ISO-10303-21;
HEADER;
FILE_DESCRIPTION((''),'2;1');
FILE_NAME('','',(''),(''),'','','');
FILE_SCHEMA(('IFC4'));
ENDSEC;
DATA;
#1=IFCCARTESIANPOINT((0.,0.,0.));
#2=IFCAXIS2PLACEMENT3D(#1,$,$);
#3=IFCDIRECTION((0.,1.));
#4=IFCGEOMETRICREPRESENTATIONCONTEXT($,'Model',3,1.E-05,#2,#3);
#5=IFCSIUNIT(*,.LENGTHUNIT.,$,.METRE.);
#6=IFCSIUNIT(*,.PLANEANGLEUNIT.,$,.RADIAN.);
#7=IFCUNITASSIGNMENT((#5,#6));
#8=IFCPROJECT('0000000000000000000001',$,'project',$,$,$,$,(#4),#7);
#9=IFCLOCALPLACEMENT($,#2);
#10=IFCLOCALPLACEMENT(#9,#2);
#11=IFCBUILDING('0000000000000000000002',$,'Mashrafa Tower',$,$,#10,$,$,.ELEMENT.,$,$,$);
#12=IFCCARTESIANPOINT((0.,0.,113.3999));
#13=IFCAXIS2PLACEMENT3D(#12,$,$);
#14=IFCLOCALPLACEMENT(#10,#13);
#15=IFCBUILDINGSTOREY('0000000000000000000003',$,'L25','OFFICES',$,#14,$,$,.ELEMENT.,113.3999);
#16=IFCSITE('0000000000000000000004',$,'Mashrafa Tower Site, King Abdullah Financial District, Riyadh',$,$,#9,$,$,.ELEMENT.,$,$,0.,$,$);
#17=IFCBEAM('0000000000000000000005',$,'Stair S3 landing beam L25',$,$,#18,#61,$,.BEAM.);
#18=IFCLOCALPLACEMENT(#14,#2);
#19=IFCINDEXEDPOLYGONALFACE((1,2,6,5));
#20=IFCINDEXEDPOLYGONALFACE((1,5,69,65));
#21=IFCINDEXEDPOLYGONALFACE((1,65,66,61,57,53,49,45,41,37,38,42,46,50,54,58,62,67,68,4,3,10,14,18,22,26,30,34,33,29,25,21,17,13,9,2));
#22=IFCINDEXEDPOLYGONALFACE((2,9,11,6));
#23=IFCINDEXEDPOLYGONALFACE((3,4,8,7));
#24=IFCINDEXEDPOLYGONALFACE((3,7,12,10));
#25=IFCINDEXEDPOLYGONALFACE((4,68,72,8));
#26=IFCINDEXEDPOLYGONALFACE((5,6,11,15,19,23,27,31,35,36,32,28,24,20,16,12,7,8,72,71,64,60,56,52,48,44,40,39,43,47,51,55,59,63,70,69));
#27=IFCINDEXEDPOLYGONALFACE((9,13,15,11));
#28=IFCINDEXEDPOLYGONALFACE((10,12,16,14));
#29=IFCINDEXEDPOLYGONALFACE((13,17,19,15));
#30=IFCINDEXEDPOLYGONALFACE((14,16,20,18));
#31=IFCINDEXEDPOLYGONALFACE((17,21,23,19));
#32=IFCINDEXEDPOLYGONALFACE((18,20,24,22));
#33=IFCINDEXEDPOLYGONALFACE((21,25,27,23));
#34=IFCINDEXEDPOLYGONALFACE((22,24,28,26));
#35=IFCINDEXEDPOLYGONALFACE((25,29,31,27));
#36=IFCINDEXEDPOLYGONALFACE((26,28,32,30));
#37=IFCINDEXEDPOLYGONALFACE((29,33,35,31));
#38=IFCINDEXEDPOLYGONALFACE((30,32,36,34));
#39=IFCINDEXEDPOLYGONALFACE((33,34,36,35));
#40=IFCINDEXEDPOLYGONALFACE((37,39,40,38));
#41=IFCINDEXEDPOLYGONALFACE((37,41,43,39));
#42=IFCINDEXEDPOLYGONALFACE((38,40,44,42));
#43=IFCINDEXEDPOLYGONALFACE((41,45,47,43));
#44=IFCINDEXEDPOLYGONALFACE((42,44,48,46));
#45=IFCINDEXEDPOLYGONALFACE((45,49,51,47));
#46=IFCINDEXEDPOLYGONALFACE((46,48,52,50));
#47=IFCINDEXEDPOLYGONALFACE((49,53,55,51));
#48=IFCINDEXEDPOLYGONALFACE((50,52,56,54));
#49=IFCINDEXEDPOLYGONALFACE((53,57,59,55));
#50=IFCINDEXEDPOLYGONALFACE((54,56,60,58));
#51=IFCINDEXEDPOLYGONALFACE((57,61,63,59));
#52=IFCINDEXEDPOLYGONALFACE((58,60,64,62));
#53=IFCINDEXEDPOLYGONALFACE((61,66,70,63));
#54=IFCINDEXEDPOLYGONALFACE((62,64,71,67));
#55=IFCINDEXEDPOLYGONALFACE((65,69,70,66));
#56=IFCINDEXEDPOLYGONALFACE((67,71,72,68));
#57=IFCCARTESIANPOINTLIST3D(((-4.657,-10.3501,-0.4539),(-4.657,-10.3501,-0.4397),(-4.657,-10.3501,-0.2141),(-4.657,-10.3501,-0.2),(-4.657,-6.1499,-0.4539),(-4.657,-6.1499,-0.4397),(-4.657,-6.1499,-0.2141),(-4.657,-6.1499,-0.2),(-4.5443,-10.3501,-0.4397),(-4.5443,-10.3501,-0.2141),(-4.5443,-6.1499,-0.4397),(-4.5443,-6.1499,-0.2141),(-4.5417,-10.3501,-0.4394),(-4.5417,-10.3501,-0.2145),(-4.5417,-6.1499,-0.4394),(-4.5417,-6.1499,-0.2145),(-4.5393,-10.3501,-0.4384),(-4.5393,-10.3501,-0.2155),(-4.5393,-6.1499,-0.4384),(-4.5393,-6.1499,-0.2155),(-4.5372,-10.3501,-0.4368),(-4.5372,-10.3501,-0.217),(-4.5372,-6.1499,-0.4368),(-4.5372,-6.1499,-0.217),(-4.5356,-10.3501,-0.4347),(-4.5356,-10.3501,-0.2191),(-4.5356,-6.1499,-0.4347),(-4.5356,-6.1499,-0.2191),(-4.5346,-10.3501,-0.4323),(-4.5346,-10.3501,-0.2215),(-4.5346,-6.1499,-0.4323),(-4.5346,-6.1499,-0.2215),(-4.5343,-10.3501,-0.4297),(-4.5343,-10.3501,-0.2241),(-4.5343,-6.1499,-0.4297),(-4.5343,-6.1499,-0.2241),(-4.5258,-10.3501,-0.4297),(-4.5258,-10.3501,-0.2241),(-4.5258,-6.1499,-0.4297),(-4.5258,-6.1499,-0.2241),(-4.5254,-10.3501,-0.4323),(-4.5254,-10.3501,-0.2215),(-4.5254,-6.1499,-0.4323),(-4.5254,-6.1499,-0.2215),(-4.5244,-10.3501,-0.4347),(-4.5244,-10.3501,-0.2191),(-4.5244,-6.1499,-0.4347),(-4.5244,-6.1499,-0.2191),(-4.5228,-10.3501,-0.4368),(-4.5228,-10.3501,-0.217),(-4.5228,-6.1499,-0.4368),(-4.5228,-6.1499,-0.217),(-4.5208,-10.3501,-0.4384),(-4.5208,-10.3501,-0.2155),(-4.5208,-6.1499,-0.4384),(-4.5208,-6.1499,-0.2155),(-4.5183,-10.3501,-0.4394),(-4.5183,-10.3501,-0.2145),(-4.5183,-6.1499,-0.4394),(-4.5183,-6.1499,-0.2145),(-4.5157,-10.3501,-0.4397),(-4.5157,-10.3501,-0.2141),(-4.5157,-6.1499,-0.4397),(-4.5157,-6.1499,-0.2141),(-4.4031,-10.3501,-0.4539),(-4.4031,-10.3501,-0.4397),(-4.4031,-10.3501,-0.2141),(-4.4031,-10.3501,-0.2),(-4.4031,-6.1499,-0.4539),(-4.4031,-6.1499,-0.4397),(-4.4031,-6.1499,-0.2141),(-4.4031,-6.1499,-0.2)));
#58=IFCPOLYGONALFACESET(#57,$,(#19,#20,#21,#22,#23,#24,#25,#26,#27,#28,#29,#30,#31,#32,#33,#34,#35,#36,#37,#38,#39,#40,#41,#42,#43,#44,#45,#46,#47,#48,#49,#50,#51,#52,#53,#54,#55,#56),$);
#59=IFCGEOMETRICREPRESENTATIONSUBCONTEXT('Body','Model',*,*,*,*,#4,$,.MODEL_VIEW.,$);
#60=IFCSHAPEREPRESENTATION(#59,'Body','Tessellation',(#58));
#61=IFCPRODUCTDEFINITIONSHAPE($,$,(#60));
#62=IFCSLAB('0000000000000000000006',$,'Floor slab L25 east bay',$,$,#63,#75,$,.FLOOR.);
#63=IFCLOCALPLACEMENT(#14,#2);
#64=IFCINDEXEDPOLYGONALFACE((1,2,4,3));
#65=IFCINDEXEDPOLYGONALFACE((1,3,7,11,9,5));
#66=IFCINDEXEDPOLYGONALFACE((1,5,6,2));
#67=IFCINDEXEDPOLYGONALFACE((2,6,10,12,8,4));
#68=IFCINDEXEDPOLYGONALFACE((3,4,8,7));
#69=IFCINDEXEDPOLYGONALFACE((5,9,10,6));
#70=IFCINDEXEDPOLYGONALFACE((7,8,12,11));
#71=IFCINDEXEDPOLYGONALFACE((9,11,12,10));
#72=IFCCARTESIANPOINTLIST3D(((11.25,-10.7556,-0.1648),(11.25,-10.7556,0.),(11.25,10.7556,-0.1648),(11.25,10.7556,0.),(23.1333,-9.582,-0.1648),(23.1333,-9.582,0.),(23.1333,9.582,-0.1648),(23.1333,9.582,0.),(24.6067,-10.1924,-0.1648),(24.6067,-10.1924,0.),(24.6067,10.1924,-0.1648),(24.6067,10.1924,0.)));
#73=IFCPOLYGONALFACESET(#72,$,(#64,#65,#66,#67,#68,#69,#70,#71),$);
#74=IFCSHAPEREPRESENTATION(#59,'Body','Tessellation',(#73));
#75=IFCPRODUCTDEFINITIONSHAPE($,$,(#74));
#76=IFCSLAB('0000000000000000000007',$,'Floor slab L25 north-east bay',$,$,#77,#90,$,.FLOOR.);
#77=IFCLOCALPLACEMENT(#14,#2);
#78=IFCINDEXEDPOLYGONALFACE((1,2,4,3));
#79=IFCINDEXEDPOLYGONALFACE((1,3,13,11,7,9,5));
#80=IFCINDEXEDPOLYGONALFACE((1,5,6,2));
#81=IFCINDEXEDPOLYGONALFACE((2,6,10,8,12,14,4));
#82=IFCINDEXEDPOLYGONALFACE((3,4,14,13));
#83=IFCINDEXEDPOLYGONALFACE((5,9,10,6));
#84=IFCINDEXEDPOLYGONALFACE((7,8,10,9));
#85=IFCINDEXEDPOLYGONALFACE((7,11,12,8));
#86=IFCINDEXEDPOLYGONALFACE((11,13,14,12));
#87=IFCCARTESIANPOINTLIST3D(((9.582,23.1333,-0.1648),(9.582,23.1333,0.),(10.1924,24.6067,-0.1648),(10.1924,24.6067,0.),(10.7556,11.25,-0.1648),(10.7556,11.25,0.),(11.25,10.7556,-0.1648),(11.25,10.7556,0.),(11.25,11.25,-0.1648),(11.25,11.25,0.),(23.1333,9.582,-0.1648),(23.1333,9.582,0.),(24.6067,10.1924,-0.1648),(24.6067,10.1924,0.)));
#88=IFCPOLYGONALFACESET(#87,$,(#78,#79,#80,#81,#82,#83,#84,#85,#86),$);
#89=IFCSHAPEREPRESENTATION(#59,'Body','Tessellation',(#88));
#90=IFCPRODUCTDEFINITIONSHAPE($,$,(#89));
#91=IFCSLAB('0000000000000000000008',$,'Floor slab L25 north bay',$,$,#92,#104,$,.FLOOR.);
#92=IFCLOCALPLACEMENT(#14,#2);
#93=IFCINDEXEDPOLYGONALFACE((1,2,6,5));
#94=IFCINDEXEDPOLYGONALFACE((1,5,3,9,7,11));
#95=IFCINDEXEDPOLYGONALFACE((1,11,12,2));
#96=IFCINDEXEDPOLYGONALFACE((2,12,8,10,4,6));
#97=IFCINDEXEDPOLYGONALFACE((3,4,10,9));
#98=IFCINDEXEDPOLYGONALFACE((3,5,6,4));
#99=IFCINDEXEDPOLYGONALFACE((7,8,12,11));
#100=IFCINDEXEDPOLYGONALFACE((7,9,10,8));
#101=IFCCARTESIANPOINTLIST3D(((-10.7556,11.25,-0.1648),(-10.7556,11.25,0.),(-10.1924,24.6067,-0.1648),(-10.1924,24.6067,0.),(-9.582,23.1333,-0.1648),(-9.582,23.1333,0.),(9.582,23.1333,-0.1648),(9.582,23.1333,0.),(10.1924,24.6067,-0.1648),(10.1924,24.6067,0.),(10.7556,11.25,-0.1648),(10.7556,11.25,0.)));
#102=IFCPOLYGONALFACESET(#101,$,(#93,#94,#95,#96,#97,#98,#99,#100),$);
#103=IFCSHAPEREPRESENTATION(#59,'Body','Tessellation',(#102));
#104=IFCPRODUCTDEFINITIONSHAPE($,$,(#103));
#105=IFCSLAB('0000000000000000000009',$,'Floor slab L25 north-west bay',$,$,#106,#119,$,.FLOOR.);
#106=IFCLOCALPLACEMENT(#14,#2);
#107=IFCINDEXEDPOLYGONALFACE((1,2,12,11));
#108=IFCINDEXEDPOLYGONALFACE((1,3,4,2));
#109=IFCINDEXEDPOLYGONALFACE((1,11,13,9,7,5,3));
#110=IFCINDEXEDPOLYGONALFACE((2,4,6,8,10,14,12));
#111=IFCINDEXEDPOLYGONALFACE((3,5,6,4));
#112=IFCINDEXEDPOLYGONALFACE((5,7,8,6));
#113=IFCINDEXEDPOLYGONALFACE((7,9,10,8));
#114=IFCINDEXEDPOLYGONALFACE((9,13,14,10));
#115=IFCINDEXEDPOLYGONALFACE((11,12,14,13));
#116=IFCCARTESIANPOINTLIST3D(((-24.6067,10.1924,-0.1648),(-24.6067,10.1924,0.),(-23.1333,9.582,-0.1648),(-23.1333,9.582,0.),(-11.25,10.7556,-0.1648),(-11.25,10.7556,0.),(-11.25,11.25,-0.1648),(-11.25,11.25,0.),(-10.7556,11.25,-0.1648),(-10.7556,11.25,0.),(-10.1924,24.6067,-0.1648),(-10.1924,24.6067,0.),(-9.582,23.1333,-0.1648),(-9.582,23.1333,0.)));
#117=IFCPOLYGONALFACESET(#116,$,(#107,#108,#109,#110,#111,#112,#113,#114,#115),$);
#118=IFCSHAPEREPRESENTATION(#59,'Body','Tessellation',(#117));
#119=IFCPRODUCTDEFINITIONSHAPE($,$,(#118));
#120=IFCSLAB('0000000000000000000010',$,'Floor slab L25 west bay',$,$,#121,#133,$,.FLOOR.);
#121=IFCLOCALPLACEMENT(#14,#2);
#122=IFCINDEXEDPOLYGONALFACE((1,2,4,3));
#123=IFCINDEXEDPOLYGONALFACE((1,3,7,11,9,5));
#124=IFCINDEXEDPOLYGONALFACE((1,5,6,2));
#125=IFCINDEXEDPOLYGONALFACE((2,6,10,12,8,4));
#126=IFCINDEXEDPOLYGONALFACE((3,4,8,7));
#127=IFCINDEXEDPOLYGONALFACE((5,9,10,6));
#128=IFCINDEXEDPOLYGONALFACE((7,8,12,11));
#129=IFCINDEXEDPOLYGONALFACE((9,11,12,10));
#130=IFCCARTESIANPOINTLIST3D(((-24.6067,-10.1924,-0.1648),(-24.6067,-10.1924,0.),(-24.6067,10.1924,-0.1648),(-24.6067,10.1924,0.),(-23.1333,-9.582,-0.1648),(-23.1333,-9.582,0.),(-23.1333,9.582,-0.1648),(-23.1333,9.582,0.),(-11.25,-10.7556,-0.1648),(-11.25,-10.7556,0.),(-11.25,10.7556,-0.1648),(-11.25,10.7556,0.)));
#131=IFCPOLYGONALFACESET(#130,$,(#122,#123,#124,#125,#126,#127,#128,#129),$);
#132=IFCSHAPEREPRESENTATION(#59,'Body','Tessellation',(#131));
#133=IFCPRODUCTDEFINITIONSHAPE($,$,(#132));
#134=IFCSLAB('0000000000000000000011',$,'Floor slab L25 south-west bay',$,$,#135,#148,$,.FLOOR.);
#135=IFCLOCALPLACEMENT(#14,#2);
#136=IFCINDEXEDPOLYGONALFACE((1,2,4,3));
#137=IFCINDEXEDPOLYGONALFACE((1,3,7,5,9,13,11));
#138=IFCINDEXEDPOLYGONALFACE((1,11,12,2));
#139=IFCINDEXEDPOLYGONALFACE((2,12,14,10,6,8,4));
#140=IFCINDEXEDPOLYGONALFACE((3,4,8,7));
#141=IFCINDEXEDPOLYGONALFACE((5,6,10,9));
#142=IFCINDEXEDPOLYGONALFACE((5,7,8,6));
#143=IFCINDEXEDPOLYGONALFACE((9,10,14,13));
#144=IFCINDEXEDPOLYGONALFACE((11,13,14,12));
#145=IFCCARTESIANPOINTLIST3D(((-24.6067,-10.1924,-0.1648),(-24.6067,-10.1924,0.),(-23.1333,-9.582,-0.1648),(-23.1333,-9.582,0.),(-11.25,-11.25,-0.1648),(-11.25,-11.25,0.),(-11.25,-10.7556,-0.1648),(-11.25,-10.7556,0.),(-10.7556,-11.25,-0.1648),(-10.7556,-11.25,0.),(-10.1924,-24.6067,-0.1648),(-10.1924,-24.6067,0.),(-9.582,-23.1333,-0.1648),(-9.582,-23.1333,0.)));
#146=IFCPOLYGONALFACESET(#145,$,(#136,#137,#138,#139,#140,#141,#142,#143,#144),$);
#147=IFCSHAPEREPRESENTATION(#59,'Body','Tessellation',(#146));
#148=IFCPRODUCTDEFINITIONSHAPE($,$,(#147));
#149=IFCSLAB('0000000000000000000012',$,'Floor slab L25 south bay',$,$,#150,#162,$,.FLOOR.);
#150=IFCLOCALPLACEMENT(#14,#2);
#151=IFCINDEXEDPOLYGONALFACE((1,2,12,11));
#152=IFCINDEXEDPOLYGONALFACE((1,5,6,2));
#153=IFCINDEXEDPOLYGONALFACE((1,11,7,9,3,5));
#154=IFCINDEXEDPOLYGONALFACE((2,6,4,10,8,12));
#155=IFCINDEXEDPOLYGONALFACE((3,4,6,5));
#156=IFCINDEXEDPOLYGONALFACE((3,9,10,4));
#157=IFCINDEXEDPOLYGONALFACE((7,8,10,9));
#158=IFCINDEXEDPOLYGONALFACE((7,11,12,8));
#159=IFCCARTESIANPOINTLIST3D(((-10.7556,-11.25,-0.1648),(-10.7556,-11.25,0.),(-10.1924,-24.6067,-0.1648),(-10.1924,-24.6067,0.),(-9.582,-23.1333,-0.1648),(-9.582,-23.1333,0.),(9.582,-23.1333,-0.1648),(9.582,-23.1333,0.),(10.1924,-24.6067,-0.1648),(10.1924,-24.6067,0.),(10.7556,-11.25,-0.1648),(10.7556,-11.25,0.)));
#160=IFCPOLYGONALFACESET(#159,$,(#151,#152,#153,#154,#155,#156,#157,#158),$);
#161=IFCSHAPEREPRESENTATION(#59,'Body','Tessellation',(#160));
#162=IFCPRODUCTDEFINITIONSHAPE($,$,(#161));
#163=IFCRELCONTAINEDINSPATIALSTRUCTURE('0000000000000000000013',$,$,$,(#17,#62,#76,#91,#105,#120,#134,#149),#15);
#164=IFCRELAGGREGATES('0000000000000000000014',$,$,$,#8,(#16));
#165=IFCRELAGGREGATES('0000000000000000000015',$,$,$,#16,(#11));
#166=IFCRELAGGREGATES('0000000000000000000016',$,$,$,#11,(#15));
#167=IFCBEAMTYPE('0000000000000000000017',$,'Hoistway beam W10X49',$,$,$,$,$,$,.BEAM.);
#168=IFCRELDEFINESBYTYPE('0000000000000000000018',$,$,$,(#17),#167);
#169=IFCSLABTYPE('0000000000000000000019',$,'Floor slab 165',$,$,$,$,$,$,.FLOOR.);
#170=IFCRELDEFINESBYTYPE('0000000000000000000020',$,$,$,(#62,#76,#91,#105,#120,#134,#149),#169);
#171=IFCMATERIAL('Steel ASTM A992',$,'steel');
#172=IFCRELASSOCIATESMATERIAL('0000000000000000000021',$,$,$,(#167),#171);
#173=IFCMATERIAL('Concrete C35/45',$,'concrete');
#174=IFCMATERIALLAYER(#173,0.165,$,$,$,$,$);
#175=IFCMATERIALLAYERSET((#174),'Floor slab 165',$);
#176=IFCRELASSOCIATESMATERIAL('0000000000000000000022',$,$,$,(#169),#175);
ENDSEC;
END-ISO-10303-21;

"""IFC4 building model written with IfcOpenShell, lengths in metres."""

from ifc_helpers import new_model, si_unit, direction, frame, origin, origin_2d, place, context, subcontext, project, spatial, polyline, i_section, outline, extrude, material, layer, layer_set, material_profile, profile_set, type_object, element, save


model = new_model("IFC4")

# Units and contexts
model_context = context("Model", 3, precision=1e-05, world=origin(), true_north=direction((0.0, 1.0)))
body_context = subcontext(model_context, "Body", "Model", "MODEL_VIEW")
ifc_project = project(units=[si_unit("LENGTHUNIT", "METRE"), si_unit("PLANEANGLEUNIT", "RADIAN")], contexts=[model_context])

# Site, building, storey
site_placement = place(None, origin())
site = spatial("IfcSite", under=ifc_project, at=site_placement, Name="Mashrafa Tower Site, King Abdullah Financial District, Riyadh", CompositionType="ELEMENT", RefElevation=0.0)
building_placement = place(site_placement, origin())
building = spatial("IfcBuilding", under=site, at=building_placement, Name="Mashrafa Tower", CompositionType="ELEMENT")
storey_placement = place(building_placement, frame((0.0, 0.0, 113.3999)))
storey = spatial("IfcBuildingStorey", under=building, at=storey_placement, Name="L25", Description="OFFICES", CompositionType="ELEMENT", Elevation=113.3999)

# Beam
ifc_material_1 = material(Name="Steel ASTM A992", Category="steel")
ifc_material_profile = material_profile(ifc_material_1, i_section(OverallWidth=0.2539, OverallDepth=0.2539, WebThickness=0.0085, FlangeThickness=0.0142, FilletRadius=0.01, at=origin_2d()), Name="W10X49")
ifc_profile_set = profile_set([ifc_material_profile], Name="Steel ASTM A992")
beam_type = type_object("IfcBeamType", Name="Hoistway beam W10X49", PredefinedType="BEAM", material=ifc_profile_set)
beam_placement = place(storey_placement, frame((-4.53, -10.3501, -0.3269), z_axis=(0.0, 1.0, 0.0), x_axis=(-1.0, 0.0, 0.0)))
element("IfcBeam", 1, at=beam_placement, inside=storey, type_object=beam_type, Name="Stair S3 landing beam L25", PredefinedType="BEAM", context=body_context, shape_type="SweptSolid", body=[
    extrude(i_section(OverallWidth=0.2539, OverallDepth=0.2539, WebThickness=0.0085, FlangeThickness=0.0142, FilletRadius=0.01, at=origin_2d()), origin(), (0.0, 0.0, 1.0), 4.2002),
])

# Slabs
ifc_material_2 = material(Name="Concrete C35/45", Category="concrete")
ifc_layer_1 = layer(ifc_material_2, 0.165)
ifc_layer_set_1 = layer_set([ifc_layer_1], Name="Floor slab 165")
slab_type = type_object("IfcSlabType", Name="Floor slab 165", PredefinedType="FLOOR", material=ifc_layer_set_1)
slab_1_placement = place(storey_placement, frame((0.0, 0.0, -0.1648)))
element("IfcSlab", 2, at=slab_1_placement, inside=storey, type_object=slab_type, Name="Floor slab L25 east bay", PredefinedType="FLOOR", context=body_context, shape_type="SweptSolid", body=[
    extrude(outline(polyline([(24.6067, -10.1924), (23.1333, -9.582), (11.25, -10.7556), (11.25, 10.7556), (23.1333, 9.582), (24.6067, 10.1924), (24.6067, -10.1924)])), origin(), (0.0, 0.0, 1.0), 0.1648),
])
slab_2_placement = place(storey_placement, frame((0.0, 0.0, -0.1648)))
element("IfcSlab", 3, at=slab_2_placement, inside=storey, type_object=slab_type, Name="Floor slab L25 north-east bay", PredefinedType="FLOOR", context=body_context, shape_type="SweptSolid", body=[
    extrude(outline(polyline([(10.1924, 24.6067), (24.6067, 10.1924), (24.6067, 10.1924), (23.1333, 9.582), (11.25, 10.7556), (11.25, 11.25), (10.7556, 11.25), (9.582, 23.1333), (10.1924, 24.6067), (10.1924, 24.6067)])), origin(), (0.0, 0.0, 1.0), 0.1648),
])
slab_3_placement = place(storey_placement, frame((0.0, 0.0, -0.1648)))
element("IfcSlab", 4, at=slab_3_placement, inside=storey, type_object=slab_type, Name="Floor slab L25 north bay", PredefinedType="FLOOR", context=body_context, shape_type="SweptSolid", body=[
    extrude(outline(polyline([(10.1924, 24.6067), (9.582, 23.1333), (10.7556, 11.25), (-10.7556, 11.25), (-9.582, 23.1333), (-10.1924, 24.6067), (10.1924, 24.6067)])), origin(), (0.0, 0.0, 1.0), 0.1648),
])
slab_4_placement = place(storey_placement, frame((0.0, 0.0, -0.1648)))
element("IfcSlab", 5, at=slab_4_placement, inside=storey, type_object=slab_type, Name="Floor slab L25 north-west bay", PredefinedType="FLOOR", context=body_context, shape_type="SweptSolid", body=[
    extrude(outline(polyline([(-24.6067, 10.1924), (-10.1924, 24.6067), (-10.1924, 24.6067), (-9.582, 23.1333), (-10.7556, 11.25), (-11.25, 11.25), (-11.25, 10.7556), (-23.1333, 9.582), (-24.6067, 10.1924), (-24.6067, 10.1924)])), origin(), (0.0, 0.0, 1.0), 0.1648),
])
slab_5_placement = place(storey_placement, frame((0.0, 0.0, -0.1648)))
element("IfcSlab", 6, at=slab_5_placement, inside=storey, type_object=slab_type, Name="Floor slab L25 west bay", PredefinedType="FLOOR", context=body_context, shape_type="SweptSolid", body=[
    extrude(outline(polyline([(-24.6067, 10.1924), (-23.1333, 9.582), (-11.25, 10.7556), (-11.25, -10.7556), (-23.1333, -9.582), (-24.6067, -10.1924), (-24.6067, 10.1924)])), origin(), (0.0, 0.0, 1.0), 0.1648),
])
slab_6_placement = place(storey_placement, frame((0.0, 0.0, -0.1648)))
element("IfcSlab", 7, at=slab_6_placement, inside=storey, type_object=slab_type, Name="Floor slab L25 south-west bay", PredefinedType="FLOOR", context=body_context, shape_type="SweptSolid", body=[
    extrude(outline(polyline([(-10.1924, -24.6067), (-24.6067, -10.1924), (-24.6067, -10.1924), (-23.1333, -9.582), (-11.25, -10.7556), (-11.25, -11.25), (-10.7556, -11.25), (-9.582, -23.1333), (-10.1924, -24.6067), (-10.1924, -24.6067)])), origin(), (0.0, 0.0, 1.0), 0.1648),
])
slab_7_placement = place(storey_placement, frame((0.0, 0.0, -0.1648)))
element("IfcSlab", 8, at=slab_7_placement, inside=storey, type_object=slab_type, Name="Floor slab L25 south bay", PredefinedType="FLOOR", context=body_context, shape_type="SweptSolid", body=[
    extrude(outline(polyline([(-10.1924, -24.6067), (-9.582, -23.1333), (-10.7556, -11.25), (10.7556, -11.25), (9.582, -23.1333), (10.1924, -24.6067), (-10.1924, -24.6067)])), origin(), (0.0, 0.0, 1.0), 0.1648),
])

save(model, "model.ifc")
